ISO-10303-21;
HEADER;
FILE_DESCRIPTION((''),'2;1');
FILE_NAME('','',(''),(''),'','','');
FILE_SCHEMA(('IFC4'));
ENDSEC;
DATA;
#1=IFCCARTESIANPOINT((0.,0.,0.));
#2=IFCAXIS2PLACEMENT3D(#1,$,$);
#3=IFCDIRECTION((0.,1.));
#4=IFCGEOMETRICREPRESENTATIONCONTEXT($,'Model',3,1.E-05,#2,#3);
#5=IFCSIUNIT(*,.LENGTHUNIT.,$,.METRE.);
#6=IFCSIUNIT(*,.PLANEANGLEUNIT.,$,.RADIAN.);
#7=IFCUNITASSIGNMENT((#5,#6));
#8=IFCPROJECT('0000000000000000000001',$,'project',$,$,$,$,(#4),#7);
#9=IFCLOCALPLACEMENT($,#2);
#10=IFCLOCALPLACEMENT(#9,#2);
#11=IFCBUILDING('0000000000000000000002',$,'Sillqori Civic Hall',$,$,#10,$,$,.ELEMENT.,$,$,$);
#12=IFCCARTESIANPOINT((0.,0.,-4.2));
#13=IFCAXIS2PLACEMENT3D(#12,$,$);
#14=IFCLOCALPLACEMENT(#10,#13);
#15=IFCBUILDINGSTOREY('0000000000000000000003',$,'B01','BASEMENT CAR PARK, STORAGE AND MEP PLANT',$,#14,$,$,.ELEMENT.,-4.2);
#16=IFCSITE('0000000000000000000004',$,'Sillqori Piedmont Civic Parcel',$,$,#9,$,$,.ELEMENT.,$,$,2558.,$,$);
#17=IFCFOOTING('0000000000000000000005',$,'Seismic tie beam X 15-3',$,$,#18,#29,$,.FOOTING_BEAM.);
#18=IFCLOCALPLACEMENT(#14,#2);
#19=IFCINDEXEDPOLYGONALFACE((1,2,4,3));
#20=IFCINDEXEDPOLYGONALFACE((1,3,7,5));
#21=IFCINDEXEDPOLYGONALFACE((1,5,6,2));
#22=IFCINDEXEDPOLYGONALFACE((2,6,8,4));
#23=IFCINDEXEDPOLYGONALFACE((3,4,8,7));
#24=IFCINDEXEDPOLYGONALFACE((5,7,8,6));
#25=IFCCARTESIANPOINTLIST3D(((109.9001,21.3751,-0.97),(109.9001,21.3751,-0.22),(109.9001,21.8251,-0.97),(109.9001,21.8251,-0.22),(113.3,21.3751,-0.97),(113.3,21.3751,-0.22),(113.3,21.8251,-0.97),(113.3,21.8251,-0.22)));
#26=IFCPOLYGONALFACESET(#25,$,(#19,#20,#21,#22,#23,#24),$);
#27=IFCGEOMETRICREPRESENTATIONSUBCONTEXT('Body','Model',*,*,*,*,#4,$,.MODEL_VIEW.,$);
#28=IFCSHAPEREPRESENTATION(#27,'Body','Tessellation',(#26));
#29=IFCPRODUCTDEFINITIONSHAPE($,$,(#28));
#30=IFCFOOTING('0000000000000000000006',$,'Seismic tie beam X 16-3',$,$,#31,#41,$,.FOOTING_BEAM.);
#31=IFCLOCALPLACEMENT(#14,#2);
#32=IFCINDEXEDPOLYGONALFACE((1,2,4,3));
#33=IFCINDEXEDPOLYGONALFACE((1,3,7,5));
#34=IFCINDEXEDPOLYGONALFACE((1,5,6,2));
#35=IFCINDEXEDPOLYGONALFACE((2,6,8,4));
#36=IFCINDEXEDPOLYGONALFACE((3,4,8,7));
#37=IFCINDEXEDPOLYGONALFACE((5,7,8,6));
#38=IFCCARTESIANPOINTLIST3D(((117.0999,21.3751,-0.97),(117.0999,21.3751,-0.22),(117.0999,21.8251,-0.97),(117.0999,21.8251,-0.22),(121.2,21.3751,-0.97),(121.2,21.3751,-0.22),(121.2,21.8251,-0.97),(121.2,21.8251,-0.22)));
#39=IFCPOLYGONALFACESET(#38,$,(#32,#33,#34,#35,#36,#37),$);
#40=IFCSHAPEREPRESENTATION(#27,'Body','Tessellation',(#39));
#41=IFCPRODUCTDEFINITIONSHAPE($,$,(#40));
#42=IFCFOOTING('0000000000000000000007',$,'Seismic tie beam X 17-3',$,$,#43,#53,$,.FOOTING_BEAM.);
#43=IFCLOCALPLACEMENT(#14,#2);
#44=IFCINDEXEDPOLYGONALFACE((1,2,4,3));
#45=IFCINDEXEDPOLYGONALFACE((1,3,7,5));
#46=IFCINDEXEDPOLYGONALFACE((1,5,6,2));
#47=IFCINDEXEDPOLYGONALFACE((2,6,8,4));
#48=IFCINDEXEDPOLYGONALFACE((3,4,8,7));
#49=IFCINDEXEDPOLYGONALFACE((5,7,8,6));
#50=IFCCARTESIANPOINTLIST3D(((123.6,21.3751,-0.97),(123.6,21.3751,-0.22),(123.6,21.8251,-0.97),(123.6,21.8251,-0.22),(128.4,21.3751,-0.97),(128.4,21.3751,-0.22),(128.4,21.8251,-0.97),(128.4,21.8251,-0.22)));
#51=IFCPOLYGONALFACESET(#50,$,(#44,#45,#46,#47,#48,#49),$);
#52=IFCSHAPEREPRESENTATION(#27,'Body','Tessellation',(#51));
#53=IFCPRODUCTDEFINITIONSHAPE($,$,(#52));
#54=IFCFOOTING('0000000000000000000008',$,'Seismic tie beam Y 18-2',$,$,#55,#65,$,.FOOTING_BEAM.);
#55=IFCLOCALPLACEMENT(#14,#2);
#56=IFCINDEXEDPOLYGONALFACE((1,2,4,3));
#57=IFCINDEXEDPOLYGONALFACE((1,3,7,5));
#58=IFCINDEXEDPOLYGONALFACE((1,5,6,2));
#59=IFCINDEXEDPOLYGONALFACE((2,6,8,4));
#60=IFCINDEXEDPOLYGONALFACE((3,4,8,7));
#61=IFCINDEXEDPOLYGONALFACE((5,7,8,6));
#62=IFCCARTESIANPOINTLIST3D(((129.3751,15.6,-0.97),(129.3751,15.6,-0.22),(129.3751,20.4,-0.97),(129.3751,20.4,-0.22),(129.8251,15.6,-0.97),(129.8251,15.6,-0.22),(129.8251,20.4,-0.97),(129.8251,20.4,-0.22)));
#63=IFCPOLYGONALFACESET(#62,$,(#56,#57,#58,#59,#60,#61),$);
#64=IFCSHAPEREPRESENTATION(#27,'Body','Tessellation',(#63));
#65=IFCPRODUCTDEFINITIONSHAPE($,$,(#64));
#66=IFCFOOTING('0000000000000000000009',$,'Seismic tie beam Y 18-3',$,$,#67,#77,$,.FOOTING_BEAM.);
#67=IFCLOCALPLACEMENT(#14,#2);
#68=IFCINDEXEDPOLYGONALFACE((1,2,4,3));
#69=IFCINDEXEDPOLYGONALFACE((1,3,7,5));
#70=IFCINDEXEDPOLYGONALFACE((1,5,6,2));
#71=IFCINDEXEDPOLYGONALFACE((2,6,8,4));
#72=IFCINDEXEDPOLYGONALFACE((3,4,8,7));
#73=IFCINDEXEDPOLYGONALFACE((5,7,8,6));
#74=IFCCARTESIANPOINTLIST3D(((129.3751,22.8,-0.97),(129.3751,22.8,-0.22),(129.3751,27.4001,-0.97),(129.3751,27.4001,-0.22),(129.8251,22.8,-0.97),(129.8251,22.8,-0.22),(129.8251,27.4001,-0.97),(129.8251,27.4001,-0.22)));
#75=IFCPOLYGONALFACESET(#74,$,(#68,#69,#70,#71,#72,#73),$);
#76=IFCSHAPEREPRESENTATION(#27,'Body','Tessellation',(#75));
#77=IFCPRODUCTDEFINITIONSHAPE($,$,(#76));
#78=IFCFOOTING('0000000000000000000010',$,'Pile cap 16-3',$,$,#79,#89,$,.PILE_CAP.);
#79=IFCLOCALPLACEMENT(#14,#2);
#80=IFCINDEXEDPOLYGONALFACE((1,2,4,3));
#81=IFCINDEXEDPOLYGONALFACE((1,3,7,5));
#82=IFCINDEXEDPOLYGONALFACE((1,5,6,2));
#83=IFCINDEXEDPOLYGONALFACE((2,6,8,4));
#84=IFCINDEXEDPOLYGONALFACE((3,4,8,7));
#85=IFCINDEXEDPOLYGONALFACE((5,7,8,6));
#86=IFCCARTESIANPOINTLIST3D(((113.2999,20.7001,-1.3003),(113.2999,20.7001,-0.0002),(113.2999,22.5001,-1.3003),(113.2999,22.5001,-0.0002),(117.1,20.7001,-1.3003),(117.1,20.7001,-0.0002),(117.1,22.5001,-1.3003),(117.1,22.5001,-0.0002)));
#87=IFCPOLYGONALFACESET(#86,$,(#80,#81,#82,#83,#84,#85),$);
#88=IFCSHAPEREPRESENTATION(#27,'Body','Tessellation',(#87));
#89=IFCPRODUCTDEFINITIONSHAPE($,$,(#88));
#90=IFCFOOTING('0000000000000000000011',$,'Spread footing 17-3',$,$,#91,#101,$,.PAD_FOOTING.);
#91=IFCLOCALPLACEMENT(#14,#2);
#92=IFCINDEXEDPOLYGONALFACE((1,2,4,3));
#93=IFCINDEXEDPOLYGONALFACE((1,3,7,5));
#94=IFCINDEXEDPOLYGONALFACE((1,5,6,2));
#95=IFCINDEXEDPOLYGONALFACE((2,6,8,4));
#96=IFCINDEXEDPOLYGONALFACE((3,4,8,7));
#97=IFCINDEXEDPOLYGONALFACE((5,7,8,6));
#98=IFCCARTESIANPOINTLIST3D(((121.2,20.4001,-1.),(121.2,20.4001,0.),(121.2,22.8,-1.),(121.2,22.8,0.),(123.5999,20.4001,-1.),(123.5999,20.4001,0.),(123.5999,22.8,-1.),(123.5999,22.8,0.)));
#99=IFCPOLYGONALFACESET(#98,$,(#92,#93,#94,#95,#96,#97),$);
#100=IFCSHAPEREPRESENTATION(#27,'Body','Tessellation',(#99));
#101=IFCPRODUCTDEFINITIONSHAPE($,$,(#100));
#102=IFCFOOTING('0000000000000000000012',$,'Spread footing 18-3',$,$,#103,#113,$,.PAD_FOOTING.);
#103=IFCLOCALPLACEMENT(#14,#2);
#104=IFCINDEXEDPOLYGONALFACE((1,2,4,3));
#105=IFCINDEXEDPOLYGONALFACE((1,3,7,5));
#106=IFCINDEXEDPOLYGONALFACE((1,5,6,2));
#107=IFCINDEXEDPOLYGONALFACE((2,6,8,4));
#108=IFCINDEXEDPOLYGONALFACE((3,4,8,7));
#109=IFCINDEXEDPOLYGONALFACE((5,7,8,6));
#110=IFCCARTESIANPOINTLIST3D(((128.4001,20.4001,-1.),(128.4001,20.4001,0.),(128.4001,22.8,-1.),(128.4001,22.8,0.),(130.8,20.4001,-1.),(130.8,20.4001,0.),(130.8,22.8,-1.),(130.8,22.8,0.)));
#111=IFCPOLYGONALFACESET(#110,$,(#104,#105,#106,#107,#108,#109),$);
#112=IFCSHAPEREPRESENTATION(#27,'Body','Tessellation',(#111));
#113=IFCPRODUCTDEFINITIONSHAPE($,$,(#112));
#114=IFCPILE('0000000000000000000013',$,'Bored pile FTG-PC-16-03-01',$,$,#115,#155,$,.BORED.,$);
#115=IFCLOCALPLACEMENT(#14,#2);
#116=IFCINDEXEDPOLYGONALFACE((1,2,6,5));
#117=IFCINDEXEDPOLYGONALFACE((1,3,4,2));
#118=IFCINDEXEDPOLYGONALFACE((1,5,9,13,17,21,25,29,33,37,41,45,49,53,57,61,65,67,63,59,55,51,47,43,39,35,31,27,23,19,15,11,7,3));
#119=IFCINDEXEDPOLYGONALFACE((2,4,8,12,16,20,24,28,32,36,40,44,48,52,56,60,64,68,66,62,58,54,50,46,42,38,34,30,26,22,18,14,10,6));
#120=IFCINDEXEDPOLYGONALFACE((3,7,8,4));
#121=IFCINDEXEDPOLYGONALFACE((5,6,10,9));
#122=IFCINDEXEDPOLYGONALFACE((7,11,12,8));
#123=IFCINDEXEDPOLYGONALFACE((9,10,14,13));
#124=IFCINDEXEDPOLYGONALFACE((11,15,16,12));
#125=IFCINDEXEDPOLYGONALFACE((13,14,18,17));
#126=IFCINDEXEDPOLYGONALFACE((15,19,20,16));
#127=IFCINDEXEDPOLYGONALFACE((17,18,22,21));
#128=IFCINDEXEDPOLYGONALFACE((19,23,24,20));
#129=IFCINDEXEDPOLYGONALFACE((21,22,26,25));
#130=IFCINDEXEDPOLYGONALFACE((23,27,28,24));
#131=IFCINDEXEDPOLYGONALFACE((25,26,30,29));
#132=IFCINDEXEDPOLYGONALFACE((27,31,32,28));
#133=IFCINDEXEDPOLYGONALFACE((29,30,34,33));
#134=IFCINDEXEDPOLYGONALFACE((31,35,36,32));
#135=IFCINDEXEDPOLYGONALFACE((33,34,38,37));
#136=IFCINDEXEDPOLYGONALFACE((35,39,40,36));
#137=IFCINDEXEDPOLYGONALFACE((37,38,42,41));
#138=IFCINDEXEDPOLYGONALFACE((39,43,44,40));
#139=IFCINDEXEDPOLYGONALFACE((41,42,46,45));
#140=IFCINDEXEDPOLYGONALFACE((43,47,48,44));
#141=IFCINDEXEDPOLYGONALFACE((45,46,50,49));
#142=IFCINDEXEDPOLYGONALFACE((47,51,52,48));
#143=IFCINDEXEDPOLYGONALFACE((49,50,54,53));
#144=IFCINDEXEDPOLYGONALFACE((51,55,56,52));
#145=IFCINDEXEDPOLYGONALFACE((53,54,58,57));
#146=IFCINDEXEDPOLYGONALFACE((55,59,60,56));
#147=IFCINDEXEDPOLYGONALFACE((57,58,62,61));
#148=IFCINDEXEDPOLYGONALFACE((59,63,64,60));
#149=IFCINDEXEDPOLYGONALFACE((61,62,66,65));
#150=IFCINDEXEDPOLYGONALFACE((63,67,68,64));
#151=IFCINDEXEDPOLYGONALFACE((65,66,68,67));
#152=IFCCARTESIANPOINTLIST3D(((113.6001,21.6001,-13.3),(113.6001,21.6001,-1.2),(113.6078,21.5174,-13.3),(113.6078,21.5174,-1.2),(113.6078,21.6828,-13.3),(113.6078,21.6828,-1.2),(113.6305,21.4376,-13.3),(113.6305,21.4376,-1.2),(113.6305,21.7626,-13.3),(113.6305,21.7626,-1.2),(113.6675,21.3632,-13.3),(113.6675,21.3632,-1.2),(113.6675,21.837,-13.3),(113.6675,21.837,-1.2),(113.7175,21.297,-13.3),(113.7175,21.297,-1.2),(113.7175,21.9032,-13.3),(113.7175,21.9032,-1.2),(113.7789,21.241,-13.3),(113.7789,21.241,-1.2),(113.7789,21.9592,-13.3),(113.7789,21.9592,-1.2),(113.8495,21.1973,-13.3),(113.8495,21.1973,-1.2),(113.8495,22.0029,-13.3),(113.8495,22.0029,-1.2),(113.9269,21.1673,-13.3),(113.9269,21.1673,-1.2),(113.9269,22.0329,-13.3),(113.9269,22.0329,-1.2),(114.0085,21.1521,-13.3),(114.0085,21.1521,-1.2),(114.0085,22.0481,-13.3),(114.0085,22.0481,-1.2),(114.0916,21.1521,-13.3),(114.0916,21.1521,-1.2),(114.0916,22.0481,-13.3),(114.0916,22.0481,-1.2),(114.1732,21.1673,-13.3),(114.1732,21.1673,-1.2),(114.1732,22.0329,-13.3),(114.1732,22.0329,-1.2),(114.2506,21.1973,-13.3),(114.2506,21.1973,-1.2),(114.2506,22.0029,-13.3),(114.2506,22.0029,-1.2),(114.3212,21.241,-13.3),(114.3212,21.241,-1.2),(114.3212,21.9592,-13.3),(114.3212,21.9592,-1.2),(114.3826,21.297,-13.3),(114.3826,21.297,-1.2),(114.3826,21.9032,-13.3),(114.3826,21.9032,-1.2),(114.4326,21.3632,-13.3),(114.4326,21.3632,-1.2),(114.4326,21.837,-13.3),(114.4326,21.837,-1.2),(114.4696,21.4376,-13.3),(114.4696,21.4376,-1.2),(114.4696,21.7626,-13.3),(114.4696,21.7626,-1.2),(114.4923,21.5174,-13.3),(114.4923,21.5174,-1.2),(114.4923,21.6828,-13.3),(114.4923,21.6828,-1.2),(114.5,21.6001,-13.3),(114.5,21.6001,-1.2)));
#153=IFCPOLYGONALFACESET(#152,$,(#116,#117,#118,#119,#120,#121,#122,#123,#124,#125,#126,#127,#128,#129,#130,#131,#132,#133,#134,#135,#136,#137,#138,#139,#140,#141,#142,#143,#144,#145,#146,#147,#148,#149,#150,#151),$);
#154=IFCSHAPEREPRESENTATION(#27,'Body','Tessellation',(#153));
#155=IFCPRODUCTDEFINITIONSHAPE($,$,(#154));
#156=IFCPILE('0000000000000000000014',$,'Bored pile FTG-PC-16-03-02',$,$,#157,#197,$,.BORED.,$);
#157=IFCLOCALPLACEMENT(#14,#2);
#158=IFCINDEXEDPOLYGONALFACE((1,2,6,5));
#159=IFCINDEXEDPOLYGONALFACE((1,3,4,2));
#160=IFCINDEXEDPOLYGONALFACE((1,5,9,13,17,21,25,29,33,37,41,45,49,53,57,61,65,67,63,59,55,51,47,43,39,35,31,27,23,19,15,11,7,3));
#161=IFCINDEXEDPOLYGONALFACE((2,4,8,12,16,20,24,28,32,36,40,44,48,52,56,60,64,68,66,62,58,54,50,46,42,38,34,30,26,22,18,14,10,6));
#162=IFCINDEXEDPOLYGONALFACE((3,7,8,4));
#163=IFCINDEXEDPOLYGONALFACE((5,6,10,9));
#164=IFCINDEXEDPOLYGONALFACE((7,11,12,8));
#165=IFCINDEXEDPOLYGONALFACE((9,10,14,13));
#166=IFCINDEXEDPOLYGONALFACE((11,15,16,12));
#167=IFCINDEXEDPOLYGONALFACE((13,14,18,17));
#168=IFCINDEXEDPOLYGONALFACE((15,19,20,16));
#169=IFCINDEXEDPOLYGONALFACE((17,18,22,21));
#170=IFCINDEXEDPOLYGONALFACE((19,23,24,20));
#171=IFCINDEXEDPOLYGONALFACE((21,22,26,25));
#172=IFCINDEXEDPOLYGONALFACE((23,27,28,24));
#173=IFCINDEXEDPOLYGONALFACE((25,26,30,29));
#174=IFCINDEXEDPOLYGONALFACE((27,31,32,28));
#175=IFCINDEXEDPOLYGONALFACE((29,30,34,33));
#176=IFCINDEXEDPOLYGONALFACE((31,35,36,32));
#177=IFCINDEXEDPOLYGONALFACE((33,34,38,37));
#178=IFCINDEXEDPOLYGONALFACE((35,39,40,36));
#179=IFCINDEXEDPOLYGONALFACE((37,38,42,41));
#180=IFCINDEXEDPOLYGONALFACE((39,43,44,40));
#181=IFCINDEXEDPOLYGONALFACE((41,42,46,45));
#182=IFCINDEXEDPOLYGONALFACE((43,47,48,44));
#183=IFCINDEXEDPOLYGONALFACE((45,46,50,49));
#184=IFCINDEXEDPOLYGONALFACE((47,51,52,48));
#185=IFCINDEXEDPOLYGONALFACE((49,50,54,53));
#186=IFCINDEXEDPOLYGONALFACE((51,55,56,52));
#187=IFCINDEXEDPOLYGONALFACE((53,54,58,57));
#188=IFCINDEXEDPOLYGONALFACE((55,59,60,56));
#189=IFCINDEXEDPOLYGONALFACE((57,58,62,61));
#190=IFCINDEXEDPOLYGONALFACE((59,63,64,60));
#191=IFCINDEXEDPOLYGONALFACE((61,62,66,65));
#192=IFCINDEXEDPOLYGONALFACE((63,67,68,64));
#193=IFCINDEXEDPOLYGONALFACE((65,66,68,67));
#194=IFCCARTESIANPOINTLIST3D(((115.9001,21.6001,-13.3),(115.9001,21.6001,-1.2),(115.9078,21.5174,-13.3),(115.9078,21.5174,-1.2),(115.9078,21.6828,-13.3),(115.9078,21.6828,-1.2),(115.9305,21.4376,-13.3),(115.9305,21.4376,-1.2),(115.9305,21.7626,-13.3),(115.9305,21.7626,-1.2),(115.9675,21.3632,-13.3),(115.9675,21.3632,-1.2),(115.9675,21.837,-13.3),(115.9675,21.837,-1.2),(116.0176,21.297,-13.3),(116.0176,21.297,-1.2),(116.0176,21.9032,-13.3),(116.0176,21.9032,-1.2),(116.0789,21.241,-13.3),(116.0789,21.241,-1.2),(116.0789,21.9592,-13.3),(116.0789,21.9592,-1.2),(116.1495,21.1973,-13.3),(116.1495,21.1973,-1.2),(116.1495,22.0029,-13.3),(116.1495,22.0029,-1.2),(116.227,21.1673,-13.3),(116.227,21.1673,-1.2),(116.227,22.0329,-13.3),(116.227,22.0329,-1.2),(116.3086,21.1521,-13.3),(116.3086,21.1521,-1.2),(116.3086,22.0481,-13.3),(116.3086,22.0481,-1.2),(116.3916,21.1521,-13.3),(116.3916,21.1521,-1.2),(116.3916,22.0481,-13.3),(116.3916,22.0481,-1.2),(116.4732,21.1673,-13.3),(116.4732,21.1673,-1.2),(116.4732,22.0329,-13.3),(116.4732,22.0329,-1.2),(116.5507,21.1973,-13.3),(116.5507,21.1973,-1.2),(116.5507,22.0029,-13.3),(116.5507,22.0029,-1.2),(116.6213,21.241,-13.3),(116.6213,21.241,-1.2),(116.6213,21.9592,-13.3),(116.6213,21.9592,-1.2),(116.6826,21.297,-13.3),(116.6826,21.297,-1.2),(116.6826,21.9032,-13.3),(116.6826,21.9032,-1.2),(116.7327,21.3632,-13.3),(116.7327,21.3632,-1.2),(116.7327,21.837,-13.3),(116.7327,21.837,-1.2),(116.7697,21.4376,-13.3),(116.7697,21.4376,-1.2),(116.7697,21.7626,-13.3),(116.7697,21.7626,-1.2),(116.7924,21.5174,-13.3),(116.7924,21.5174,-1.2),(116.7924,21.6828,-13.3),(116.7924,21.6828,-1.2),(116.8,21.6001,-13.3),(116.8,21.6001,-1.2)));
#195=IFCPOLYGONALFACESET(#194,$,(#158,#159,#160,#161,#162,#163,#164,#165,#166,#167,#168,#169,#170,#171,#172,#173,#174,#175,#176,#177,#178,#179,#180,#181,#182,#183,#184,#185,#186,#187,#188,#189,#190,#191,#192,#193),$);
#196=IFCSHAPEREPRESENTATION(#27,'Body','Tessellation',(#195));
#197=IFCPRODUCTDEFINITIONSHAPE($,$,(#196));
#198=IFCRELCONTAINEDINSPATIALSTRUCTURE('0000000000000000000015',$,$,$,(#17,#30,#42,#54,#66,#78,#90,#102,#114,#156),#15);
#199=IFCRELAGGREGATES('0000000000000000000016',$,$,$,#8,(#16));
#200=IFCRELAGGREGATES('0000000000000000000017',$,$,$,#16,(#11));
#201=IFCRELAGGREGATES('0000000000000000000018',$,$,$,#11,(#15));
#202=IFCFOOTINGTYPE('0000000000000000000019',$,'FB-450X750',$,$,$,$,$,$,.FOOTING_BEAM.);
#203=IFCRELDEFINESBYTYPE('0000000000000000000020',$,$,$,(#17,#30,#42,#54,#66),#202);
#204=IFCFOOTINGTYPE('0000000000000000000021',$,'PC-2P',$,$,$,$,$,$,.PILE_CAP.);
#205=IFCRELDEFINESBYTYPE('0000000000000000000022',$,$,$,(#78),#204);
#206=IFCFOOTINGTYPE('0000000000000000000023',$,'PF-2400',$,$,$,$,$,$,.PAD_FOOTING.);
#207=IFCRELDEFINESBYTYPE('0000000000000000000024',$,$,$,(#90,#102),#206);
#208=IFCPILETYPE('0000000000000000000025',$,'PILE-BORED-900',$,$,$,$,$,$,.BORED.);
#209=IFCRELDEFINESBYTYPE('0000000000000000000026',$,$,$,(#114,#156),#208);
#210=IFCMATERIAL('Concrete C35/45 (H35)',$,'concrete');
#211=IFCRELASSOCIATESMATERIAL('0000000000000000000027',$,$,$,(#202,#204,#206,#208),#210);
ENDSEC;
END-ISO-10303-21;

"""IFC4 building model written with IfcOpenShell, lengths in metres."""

from ifc_helpers import new_model, si_unit, direction, frame, origin, origin_2d, place, context, subcontext, project, spatial, rectangle, circle, extrude, material, material_profile, profile_set, type_object, element, save


model = new_model("IFC4")

# Units and contexts
model_context = context("Model", 3, precision=1e-05, world=origin(), true_north=direction((0.0, 1.0)))
body_context = subcontext(model_context, "Body", "Model", "MODEL_VIEW")
ifc_project = project(units=[si_unit("LENGTHUNIT", "METRE"), si_unit("PLANEANGLEUNIT", "RADIAN")], contexts=[model_context])

# Site, building, storey
site_placement = place(None, origin())
site = spatial("IfcSite", under=ifc_project, at=site_placement, Name="Sillqori Piedmont Civic Parcel", CompositionType="ELEMENT", RefElevation=2558.0)
building_placement = place(site_placement, origin())
building = spatial("IfcBuilding", under=site, at=building_placement, Name="Sillqori Civic Hall", CompositionType="ELEMENT")
storey_placement = place(building_placement, frame((0.0, 0.0, -4.2)))
storey = spatial("IfcBuildingStorey", under=building, at=storey_placement, Name="B01", Description="BASEMENT CAR PARK, STORAGE AND MEP PLANT", CompositionType="ELEMENT", Elevation=-4.2)

# Footings
ifc_material = material(Name="Concrete C35/45 (H35)", Category="concrete")
footing_type_1 = type_object("IfcFootingType", Name="FB-450X750", PredefinedType="FOOTING_BEAM", material=ifc_material)
footing_1_placement = place(storey_placement, frame((111.6001, 21.6001, -0.97), z_axis=(0.0, 0.0, 1.0), x_axis=(1.0, 0.0, 0.0)))
element("IfcFooting", 1, at=footing_1_placement, inside=storey, type_object=footing_type_1, Name="Seismic tie beam X 15-3", PredefinedType="FOOTING_BEAM", context=body_context, shape_type="SweptSolid", body=[
    extrude(rectangle(XDim=3.3999, YDim=0.45, at=origin_2d()), origin(), (0.0, 0.0, 1.0), 0.75),
])
footing_2_placement = place(storey_placement, frame((119.1499, 21.6001, -0.97), z_axis=(0.0, 0.0, 1.0), x_axis=(1.0, 0.0, 0.0)))
element("IfcFooting", 2, at=footing_2_placement, inside=storey, type_object=footing_type_1, Name="Seismic tie beam X 16-3", PredefinedType="FOOTING_BEAM", context=body_context, shape_type="SweptSolid", body=[
    extrude(rectangle(XDim=4.1001, YDim=0.45, at=origin_2d()), origin(), (0.0, 0.0, 1.0), 0.75),
])
footing_3_placement = place(storey_placement, frame((126.0, 21.6001, -0.97), z_axis=(0.0, 0.0, 1.0), x_axis=(1.0, 0.0, 0.0)))
element("IfcFooting", 3, at=footing_3_placement, inside=storey, type_object=footing_type_1, Name="Seismic tie beam X 17-3", PredefinedType="FOOTING_BEAM", context=body_context, shape_type="SweptSolid", body=[
    extrude(rectangle(XDim=4.8, YDim=0.45, at=origin_2d()), origin(), (0.0, 0.0, 1.0), 0.75),
])
footing_4_placement = place(storey_placement, frame((129.6001, 18.0, -0.97), z_axis=(0.0, 0.0, 1.0), x_axis=(1.0, 0.0, 0.0)))
element("IfcFooting", 4, at=footing_4_placement, inside=storey, type_object=footing_type_1, Name="Seismic tie beam Y 18-2", PredefinedType="FOOTING_BEAM", context=body_context, shape_type="SweptSolid", body=[
    extrude(rectangle(XDim=0.45, YDim=4.8, at=origin_2d()), origin(), (0.0, 0.0, 1.0), 0.75),
])
footing_5_placement = place(storey_placement, frame((129.6001, 25.1001, -0.97), z_axis=(0.0, 0.0, 1.0), x_axis=(1.0, 0.0, 0.0)))
element("IfcFooting", 5, at=footing_5_placement, inside=storey, type_object=footing_type_1, Name="Seismic tie beam Y 18-3", PredefinedType="FOOTING_BEAM", context=body_context, shape_type="SweptSolid", body=[
    extrude(rectangle(XDim=0.45, YDim=4.6001, at=origin_2d()), origin(), (0.0, 0.0, 1.0), 0.75),
])
footing_type_2 = type_object("IfcFootingType", Name="PC-2P", PredefinedType="PILE_CAP", material=ifc_material)
footing_6_placement = place(storey_placement, frame((115.2, 21.6001, -1.3003), z_axis=(0.0, 0.0, 1.0), x_axis=(1.0, 0.0, 0.0)))
element("IfcFooting", 6, at=footing_6_placement, inside=storey, type_object=footing_type_2, Name="Pile cap 16-3", PredefinedType="PILE_CAP", context=body_context, shape_type="SweptSolid", body=[
    extrude(rectangle(XDim=3.8, YDim=1.8, at=origin_2d()), origin(), (0.0, 0.0, 1.0), 1.3),
])
footing_type_3 = type_object("IfcFootingType", Name="PF-2400", PredefinedType="PAD_FOOTING", material=ifc_material)
for number, where, z_axis, x_axis, name in (
    (7, (122.3999, 21.6001, -1.0), (0.0, 0.0, 1.0), (1.0, 0.0, 0.0), "Spread footing 17-3"),
    (8, (129.6001, 21.6001, -1.0), (0.0, 0.0, 1.0), (1.0, 0.0, 0.0), "Spread footing 18-3"),
):
    element("IfcFooting", number, at=place(storey_placement, frame(where, z_axis=z_axis, x_axis=x_axis)), inside=storey, type_object=footing_type_3, Name=name, PredefinedType="PAD_FOOTING", context=body_context, shape_type="SweptSolid", body=[
        extrude(rectangle(XDim=2.3999, YDim=2.3999, at=origin_2d()), origin(), (0.0, 0.0, 1.0), 1.0),
    ])

# Piles
ifc_material_profile_1 = material_profile(ifc_material, circle(Radius=0.45, at=origin_2d()), Name="BORED PILE 900")
ifc_profile_set_1 = profile_set([ifc_material_profile_1], Name="Concrete C35/45 (H35)")
pile_type = type_object("IfcPileType", Name="PILE-BORED-900", PredefinedType="BORED", material=ifc_profile_set_1)
for number, where, z_axis, x_axis, name in (
    (9, (114.05, 21.6001, -1.2), (0.0, 0.0, -1.0), (1.0, 0.0, 0.0), "Bored pile FTG-PC-16-03-01"),
    (10, (116.3501, 21.6001, -1.2), (0.0, 0.0, -1.0), (1.0, 0.0, 0.0), "Bored pile FTG-PC-16-03-02"),
):
    element("IfcPile", number, at=place(storey_placement, frame(where, z_axis=z_axis, x_axis=x_axis)), inside=storey, type_object=pile_type, Name=name, PredefinedType="BORED", context=body_context, shape_type="SweptSolid", body=[
        extrude(circle(Radius=0.45, at=origin_2d()), origin(), (0.0, 0.0, 1.0), 12.1001),
    ])

save(model, "model.ifc")
